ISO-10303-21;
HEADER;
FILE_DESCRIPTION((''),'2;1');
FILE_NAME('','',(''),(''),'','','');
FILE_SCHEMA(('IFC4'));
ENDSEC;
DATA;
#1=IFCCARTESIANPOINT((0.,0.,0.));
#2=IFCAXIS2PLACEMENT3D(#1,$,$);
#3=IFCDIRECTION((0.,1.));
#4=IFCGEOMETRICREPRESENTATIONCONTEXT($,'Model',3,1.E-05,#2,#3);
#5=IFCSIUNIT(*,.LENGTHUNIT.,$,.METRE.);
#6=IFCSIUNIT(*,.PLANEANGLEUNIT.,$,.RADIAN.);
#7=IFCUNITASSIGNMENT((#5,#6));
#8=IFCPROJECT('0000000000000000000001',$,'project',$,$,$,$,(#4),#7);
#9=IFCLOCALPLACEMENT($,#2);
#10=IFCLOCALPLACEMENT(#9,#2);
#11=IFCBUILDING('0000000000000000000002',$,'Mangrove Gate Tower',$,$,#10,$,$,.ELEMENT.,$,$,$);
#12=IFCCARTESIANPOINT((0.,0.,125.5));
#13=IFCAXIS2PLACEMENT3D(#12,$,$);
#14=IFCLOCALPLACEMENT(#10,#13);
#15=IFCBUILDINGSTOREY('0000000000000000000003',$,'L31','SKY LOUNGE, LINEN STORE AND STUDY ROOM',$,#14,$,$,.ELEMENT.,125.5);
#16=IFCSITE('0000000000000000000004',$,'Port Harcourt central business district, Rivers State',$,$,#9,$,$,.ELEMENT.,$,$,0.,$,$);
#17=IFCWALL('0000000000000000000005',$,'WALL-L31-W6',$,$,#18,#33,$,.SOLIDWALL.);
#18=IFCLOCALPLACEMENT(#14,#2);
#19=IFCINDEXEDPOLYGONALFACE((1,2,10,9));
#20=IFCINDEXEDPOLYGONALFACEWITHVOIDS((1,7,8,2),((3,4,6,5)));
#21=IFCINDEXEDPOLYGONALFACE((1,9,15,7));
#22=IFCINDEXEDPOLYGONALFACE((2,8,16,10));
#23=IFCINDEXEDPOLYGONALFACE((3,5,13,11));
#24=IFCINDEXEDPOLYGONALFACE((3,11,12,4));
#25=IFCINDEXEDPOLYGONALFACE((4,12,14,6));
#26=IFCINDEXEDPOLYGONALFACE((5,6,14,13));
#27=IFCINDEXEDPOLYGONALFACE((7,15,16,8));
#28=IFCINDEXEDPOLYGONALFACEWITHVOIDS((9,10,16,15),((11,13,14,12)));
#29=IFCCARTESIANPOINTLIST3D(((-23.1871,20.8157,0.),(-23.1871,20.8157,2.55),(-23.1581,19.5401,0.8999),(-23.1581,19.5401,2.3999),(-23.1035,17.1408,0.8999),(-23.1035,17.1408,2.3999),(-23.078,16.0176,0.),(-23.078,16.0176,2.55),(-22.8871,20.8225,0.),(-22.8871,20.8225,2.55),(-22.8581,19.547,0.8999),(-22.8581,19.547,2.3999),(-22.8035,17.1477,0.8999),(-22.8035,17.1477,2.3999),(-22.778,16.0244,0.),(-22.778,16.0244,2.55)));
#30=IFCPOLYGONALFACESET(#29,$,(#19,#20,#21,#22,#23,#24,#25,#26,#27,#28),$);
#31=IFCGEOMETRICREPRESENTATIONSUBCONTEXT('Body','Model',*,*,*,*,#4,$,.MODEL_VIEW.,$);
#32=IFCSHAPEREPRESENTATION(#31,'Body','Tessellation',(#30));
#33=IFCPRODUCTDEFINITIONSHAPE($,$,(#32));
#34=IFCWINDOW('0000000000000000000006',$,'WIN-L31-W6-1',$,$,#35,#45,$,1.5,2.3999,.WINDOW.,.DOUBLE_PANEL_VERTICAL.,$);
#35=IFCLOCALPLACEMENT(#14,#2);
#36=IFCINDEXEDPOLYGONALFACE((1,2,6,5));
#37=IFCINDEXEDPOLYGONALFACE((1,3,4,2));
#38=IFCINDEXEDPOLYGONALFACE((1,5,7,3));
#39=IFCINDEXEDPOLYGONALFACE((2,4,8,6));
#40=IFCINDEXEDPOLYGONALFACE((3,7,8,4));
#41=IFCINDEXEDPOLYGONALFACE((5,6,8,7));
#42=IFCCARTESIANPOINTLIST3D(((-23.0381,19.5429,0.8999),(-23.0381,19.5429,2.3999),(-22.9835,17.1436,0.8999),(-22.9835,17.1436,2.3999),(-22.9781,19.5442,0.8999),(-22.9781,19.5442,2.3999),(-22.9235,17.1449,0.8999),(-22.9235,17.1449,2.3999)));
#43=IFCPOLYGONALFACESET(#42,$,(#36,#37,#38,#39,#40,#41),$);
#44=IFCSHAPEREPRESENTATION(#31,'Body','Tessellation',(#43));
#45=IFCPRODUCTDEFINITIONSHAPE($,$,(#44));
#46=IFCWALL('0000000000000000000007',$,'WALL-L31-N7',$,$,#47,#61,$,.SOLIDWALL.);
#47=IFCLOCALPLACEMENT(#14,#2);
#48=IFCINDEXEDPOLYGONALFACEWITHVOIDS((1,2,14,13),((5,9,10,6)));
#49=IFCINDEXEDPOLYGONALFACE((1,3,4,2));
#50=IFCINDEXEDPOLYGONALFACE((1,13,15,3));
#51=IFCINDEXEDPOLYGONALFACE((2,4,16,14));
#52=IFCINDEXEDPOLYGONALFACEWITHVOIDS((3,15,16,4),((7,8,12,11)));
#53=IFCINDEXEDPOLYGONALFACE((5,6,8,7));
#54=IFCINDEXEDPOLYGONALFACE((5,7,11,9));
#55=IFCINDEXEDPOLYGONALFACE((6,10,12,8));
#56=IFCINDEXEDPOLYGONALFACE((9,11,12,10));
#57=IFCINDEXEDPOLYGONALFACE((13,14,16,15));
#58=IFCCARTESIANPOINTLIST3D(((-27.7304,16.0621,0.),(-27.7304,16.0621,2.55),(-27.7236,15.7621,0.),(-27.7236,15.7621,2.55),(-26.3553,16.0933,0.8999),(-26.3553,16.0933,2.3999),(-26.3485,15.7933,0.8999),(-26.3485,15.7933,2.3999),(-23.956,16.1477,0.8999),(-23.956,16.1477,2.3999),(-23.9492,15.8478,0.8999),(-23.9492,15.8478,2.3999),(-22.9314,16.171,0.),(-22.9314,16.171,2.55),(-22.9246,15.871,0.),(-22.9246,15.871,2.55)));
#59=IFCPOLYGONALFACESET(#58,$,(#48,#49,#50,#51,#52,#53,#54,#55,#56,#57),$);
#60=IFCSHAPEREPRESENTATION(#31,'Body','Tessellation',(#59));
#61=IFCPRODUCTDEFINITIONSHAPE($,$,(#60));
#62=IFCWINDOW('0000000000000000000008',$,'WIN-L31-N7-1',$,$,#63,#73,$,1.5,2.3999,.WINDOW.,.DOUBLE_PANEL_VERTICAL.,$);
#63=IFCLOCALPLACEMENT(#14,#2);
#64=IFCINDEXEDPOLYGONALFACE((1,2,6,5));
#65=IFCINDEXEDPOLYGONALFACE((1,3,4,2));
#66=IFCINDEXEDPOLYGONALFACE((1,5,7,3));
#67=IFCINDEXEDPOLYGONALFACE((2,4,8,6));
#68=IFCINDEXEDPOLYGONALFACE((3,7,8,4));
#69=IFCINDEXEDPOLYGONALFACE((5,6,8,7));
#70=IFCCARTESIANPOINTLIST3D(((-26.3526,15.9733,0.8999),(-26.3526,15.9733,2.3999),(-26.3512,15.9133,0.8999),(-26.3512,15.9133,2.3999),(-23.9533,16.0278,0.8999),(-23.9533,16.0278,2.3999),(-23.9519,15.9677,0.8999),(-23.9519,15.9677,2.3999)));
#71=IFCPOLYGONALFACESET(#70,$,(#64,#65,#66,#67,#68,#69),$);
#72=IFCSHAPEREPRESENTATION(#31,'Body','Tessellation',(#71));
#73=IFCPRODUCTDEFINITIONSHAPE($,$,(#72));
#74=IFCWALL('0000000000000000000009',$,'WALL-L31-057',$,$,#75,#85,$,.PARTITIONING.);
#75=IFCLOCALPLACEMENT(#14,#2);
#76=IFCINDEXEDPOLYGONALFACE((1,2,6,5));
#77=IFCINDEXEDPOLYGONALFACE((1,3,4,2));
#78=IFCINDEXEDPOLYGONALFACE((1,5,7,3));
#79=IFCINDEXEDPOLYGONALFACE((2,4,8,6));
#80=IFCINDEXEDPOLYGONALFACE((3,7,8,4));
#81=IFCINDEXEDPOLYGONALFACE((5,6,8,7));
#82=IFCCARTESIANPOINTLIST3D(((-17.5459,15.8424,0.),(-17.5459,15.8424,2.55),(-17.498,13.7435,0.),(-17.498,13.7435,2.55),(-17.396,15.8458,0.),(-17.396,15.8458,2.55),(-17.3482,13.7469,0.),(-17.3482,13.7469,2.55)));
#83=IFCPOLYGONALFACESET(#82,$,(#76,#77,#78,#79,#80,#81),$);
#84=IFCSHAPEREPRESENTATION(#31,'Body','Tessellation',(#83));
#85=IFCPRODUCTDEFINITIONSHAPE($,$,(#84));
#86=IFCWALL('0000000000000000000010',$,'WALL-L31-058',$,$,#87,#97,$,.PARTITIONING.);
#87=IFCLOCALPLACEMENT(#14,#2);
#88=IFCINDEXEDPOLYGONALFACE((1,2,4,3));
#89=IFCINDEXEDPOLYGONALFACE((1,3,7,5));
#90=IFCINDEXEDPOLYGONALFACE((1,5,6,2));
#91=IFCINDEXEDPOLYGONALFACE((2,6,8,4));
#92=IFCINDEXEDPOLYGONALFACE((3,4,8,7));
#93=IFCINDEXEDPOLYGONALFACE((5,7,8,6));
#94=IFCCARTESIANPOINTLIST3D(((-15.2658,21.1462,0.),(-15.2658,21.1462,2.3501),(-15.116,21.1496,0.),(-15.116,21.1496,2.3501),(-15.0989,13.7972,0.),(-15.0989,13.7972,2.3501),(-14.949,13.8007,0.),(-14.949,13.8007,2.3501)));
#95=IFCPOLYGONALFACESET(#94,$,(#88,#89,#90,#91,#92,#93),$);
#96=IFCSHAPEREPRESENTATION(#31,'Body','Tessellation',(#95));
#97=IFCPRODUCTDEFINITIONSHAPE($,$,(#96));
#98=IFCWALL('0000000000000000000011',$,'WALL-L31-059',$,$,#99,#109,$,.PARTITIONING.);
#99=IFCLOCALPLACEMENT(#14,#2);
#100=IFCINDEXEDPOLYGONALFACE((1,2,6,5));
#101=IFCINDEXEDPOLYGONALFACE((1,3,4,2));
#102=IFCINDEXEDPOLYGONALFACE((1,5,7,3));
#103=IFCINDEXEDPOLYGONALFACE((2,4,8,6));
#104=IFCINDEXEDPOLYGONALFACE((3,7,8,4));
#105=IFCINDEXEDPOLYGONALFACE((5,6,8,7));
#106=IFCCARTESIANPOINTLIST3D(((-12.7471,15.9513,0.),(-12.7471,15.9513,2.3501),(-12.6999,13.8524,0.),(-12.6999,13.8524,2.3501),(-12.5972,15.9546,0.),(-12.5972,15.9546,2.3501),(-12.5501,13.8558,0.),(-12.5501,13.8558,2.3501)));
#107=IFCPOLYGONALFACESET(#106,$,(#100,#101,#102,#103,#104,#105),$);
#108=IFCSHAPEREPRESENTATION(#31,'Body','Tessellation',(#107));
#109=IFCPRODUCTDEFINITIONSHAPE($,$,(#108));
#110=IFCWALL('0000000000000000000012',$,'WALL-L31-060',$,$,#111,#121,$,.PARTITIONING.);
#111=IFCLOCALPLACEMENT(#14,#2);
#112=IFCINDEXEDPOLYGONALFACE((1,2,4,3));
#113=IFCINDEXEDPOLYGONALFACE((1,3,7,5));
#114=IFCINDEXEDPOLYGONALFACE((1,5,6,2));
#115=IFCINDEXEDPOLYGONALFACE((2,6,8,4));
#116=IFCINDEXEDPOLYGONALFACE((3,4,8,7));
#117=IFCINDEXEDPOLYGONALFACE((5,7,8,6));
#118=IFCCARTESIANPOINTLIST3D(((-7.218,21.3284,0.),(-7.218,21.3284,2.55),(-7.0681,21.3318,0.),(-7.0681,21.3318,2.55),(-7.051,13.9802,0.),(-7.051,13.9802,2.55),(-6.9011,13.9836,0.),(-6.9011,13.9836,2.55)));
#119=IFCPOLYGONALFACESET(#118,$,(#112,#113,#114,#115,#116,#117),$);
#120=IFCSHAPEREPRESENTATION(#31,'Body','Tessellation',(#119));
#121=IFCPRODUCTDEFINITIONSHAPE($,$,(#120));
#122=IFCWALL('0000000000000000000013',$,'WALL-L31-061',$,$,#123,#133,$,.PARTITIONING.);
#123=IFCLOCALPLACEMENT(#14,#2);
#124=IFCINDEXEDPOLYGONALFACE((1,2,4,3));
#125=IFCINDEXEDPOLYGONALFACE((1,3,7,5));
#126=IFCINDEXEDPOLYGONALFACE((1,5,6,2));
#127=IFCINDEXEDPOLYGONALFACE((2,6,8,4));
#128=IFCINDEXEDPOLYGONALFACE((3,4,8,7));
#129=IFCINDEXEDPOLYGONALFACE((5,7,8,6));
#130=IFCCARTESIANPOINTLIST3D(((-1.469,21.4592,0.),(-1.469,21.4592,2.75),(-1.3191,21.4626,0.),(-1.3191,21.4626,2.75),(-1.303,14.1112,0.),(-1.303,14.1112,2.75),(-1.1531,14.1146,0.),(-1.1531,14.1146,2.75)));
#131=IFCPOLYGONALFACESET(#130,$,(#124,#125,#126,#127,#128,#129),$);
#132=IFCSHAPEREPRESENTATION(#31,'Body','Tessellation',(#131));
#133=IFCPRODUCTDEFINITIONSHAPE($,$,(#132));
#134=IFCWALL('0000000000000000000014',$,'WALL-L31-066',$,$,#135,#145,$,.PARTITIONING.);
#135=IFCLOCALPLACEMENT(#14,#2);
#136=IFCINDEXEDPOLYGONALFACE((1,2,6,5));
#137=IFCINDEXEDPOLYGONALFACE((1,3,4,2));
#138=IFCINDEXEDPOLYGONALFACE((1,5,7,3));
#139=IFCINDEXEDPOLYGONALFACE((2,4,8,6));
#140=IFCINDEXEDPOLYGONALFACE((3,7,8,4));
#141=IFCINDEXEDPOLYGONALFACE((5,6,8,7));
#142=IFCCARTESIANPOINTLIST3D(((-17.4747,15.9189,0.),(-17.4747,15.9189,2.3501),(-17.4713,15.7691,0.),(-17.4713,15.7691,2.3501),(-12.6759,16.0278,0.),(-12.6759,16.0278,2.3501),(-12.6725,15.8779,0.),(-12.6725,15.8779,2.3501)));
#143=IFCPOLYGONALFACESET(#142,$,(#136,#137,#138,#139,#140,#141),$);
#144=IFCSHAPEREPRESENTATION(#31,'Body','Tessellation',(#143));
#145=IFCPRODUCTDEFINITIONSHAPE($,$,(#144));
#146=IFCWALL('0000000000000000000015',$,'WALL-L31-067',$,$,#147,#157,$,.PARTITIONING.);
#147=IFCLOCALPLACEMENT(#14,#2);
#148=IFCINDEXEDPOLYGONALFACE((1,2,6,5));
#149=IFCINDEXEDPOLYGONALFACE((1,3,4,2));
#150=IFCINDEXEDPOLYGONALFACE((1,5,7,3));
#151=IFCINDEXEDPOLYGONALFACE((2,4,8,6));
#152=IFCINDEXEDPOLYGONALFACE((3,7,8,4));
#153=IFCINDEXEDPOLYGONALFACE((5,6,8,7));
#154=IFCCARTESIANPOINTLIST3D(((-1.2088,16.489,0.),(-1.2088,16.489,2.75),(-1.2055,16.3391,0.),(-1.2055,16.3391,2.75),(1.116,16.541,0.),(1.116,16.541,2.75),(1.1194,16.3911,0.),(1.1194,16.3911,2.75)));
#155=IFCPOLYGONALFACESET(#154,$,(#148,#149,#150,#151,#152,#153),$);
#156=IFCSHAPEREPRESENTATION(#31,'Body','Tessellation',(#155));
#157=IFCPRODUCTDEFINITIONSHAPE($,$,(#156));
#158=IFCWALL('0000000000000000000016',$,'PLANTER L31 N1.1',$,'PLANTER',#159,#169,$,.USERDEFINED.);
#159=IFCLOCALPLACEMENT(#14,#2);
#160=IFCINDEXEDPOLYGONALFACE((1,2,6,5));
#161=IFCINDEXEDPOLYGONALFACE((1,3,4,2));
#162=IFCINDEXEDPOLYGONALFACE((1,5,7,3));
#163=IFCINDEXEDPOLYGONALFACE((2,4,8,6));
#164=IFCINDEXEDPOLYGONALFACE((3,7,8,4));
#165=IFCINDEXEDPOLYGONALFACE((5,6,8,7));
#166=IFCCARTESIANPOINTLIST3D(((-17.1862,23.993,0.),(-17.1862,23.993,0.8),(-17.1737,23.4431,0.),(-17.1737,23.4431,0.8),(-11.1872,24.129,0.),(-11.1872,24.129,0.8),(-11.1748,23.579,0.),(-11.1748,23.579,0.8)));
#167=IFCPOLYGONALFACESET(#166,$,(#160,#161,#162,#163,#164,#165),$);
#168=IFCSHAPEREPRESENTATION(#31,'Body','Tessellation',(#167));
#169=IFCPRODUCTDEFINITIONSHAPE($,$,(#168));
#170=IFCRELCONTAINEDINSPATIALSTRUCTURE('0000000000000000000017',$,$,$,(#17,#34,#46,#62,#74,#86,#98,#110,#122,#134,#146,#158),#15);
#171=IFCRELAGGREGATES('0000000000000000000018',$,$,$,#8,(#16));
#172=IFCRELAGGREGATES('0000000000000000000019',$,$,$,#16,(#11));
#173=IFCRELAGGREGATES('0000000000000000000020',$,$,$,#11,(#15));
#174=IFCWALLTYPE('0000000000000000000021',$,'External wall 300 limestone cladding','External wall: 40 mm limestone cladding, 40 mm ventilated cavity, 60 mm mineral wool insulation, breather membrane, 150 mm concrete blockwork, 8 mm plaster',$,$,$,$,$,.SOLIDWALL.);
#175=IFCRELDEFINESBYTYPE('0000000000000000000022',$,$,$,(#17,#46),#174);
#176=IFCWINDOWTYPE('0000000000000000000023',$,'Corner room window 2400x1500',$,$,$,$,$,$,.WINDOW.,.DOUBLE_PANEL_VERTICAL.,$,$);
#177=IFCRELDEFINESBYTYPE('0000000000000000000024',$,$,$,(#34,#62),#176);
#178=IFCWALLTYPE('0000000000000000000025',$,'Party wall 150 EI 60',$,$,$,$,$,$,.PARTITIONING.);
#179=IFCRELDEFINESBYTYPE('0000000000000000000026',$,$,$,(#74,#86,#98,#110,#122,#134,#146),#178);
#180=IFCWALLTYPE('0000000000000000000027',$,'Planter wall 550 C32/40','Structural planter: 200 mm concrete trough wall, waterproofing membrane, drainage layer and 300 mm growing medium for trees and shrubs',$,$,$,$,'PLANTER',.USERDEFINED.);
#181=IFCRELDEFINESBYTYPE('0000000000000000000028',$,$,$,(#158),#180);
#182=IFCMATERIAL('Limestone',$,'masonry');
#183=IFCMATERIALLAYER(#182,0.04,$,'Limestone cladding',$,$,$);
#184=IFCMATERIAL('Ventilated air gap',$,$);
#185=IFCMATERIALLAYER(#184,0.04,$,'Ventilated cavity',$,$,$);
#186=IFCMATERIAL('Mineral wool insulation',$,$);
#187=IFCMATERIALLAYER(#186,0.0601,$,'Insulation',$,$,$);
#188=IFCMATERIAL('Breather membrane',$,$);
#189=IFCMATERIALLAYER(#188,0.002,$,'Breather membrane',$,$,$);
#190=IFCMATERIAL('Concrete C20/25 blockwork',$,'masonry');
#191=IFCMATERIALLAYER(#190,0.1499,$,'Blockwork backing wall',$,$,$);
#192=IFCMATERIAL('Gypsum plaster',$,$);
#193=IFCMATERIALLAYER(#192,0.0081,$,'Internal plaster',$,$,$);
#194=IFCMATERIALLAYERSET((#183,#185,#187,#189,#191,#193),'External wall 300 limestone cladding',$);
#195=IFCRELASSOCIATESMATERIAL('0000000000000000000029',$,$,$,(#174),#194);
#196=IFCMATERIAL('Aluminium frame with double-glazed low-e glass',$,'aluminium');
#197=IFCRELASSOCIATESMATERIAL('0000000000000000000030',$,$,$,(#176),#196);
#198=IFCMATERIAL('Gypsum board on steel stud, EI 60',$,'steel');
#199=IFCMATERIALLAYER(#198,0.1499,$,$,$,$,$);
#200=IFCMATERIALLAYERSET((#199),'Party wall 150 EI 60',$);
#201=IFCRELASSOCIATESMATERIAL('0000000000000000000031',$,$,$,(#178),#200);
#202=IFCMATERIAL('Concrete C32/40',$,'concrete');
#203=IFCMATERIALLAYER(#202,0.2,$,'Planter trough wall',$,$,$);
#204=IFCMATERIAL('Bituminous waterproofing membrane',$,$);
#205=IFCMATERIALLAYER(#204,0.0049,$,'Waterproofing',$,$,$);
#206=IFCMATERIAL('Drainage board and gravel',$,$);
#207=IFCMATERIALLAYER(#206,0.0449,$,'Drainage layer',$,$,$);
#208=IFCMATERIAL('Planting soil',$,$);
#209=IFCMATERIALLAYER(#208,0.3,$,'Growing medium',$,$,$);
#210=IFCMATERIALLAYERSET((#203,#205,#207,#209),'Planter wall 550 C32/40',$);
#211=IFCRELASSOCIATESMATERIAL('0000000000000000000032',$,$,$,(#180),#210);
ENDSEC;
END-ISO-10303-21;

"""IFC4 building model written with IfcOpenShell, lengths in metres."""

from ifc_helpers import new_model, si_unit, direction, frame, frame_2d, origin, place, context, subcontext, project, spatial, rectangle, extrude, material, layer, layer_set, type_object, element, fill, save


model = new_model("IFC4")

# Units and contexts
model_context = context("Model", 3, precision=1e-05, world=origin(), true_north=direction((0.0, 1.0)))
body_context = subcontext(model_context, "Body", "Model", "MODEL_VIEW")
ifc_project = project(units=[si_unit("LENGTHUNIT", "METRE"), si_unit("PLANEANGLEUNIT", "RADIAN")], contexts=[model_context])

# Site, building, storey
site_placement = place(None, origin())
site = spatial("IfcSite", under=ifc_project, at=site_placement, Name="Port Harcourt central business district, Rivers State", CompositionType="ELEMENT", RefElevation=0.0)
building_placement = place(site_placement, origin())
building = spatial("IfcBuilding", under=site, at=building_placement, Name="Mangrove Gate Tower", CompositionType="ELEMENT")
storey_placement = place(building_placement, frame((0.0, 0.0, 125.5)))
storey = spatial("IfcBuildingStorey", under=building, at=storey_placement, Name="L31", Description="SKY LOUNGE, LINEN STORE AND STUDY ROOM", CompositionType="ELEMENT", Elevation=125.5)

# Walls, openings, windows
ifc_material_1 = material(Name="Limestone", Category="masonry")
ifc_layer_1 = layer(ifc_material_1, 0.04, Name="Limestone cladding")
ifc_material_2 = material(Name="Ventilated air gap")
ifc_layer_2 = layer(ifc_material_2, 0.04, Name="Ventilated cavity")
ifc_material_3 = material(Name="Mineral wool insulation")
ifc_layer_3 = layer(ifc_material_3, 0.0601, Name="Insulation")
ifc_material_4 = material(Name="Breather membrane")
ifc_layer_4 = layer(ifc_material_4, 0.002, Name="Breather membrane")
ifc_material_5 = material(Name="Concrete C20/25 blockwork", Category="masonry")
ifc_layer_5 = layer(ifc_material_5, 0.1499, Name="Blockwork backing wall")
ifc_material_6 = material(Name="Gypsum plaster")
ifc_layer_6 = layer(ifc_material_6, 0.0081, Name="Internal plaster")
ifc_layer_set_1 = layer_set([ifc_layer_1, ifc_layer_2, ifc_layer_3, ifc_layer_4, ifc_layer_5, ifc_layer_6], Name="External wall 300 limestone cladding")
wall_type_1 = type_object("IfcWallType", Name="External wall 300 limestone cladding", Description="External wall: 40 mm limestone cladding, 40 mm ventilated cavity, 60 mm mineral wool insulation, breather membrane, 150 mm concrete blockwork, 8 mm plaster", PredefinedType="SOLIDWALL", material=ifc_layer_set_1)
wall_1_placement = place(storey_placement, frame((-23.0371, 20.8191, 0.0), z_axis=(0.0, 0.0, 1.0), x_axis=(0.022739, -0.999741, 0.0)))
wall_1 = element("IfcWall", 1, at=wall_1_placement, inside=storey, type_object=wall_type_1, Name="WALL-L31-W6", PredefinedType="SOLIDWALL", context=body_context, shape_type="SweptSolid", body=[
    extrude(rectangle(XDim=4.7993, YDim=0.3, at=frame_2d((2.3997, 0.0))), origin(), (0.0, 0.0, 1.0), 2.55),
])
opening_1_placement = place(wall_1_placement, frame((1.2759, 0.0, 0.8999)))
opening_1 = element("IfcOpeningElement", 2, at=opening_1_placement, cuts=wall_1, PredefinedType="OPENING", context=body_context, shape_type="SweptSolid", body=[
    extrude(rectangle(XDim=2.3999, YDim=1.5, at=frame_2d((1.2, 0.75))), frame((0.0, 0.1599, 0.0), z_axis=(0.0, -1.0, 0.0), x_axis=(1.0, 0.0, 0.0)), (0.0, 0.0, 1.0), 0.3201),
])
ifc_material_7 = material(Name="Aluminium frame with double-glazed low-e glass", Category="aluminium")
window_type = type_object("IfcWindowType", Name="Corner room window 2400x1500", PartitioningType="DOUBLE_PANEL_VERTICAL", PredefinedType="WINDOW", material=ifc_material_7)
window_1_placement = place(opening_1_placement, origin())
window_1 = element("IfcWindow", 3, at=window_1_placement, inside=storey, type_object=window_type, Name="WIN-L31-W6-1", OverallHeight=1.5, OverallWidth=2.3999, PartitioningType="DOUBLE_PANEL_VERTICAL", PredefinedType="WINDOW", context=body_context, shape_type="SweptSolid", body=[
    extrude(rectangle(XDim=2.3999, YDim=1.5, at=frame_2d((1.2, 0.75))), frame((0.0, 0.03, 0.0), z_axis=(0.0, -1.0, 0.0), x_axis=(1.0, 0.0, 0.0)), (0.0, 0.0, 1.0), 0.0601),
])
fill(opening_1, window_1)
wall_2_placement = place(storey_placement, frame((-22.928, 16.021, 0.0), z_axis=(0.0, 0.0, 1.0), x_axis=(-0.999743, -0.022683, 0.0)))
wall_2 = element("IfcWall", 4, at=wall_2_placement, inside=storey, type_object=wall_type_1, Name="WALL-L31-N7", PredefinedType="SOLIDWALL", context=body_context, shape_type="SweptSolid", body=[
    extrude(rectangle(XDim=4.8003, YDim=0.3, at=frame_2d((2.4001, 0.0))), origin(), (0.0, 0.0, 1.0), 2.55),
])
opening_2_placement = place(wall_2_placement, frame((1.0249, 0.0, 0.8999)))
opening_2 = element("IfcOpeningElement", 5, at=opening_2_placement, cuts=wall_2, PredefinedType="OPENING", context=body_context, shape_type="SweptSolid", body=[
    extrude(rectangle(XDim=2.3999, YDim=1.5, at=frame_2d((1.2, 0.75))), frame((0.0, 0.1599, 0.0), z_axis=(0.0, -1.0, 0.0), x_axis=(1.0, 0.0, 0.0)), (0.0, 0.0, 1.0), 0.3201),
])
window_2_placement = place(opening_2_placement, origin())
window_2 = element("IfcWindow", 6, at=window_2_placement, inside=storey, type_object=window_type, Name="WIN-L31-N7-1", OverallHeight=1.5, OverallWidth=2.3999, PartitioningType="DOUBLE_PANEL_VERTICAL", PredefinedType="WINDOW", context=body_context, shape_type="SweptSolid", body=[
    extrude(rectangle(XDim=2.3999, YDim=1.5, at=frame_2d((1.2, 0.75))), frame((0.0, 0.03, 0.0), z_axis=(0.0, -1.0, 0.0), x_axis=(1.0, 0.0, 0.0)), (0.0, 0.0, 1.0), 0.0601),
])
fill(opening_2, window_2)

# Walls
ifc_material_8 = material(Name="Gypsum board on steel stud, EI 60", Category="steel")
ifc_layer_7 = layer(ifc_material_8, 0.1499)
ifc_layer_set_2 = layer_set([ifc_layer_7], Name="Party wall 150 EI 60")
wall_type_2 = type_object("IfcWallType", Name="Party wall 150 EI 60", PredefinedType="PARTITIONING", material=ifc_layer_set_2)
wall_3_placement = place(storey_placement, frame((-17.4231, 13.7451, 0.0), z_axis=(0.0, 0.0, 1.0), x_axis=(-0.022793, 0.99974, 0.0)))
element("IfcWall", 7, at=wall_3_placement, inside=storey, type_object=wall_type_2, Name="WALL-L31-057", PredefinedType="PARTITIONING", context=body_context, shape_type="SweptSolid", body=[
    extrude(rectangle(XDim=2.0994, YDim=0.1499, at=frame_2d((1.0498, 0.0))), origin(), (0.0, 0.0, 1.0), 2.55),
])
wall_4_placement = place(storey_placement, frame((-15.0239, 13.7991, 0.0), z_axis=(0.0, 0.0, 1.0), x_axis=(-0.022718, 0.999742, 0.0)))
element("IfcWall", 8, at=wall_4_placement, inside=storey, type_object=wall_type_2, Name="WALL-L31-058", PredefinedType="PARTITIONING", context=body_context, shape_type="SweptSolid", body=[
    extrude(rectangle(XDim=7.3508, YDim=0.1499, at=frame_2d((3.6753, 0.0))), origin(), (0.0, 0.0, 1.0), 2.3501),
])
wall_5_placement = place(storey_placement, frame((-12.625, 13.854, 0.0), z_axis=(0.0, 0.0, 1.0), x_axis=(-0.022444, 0.999748, 0.0)))
element("IfcWall", 9, at=wall_5_placement, inside=storey, type_object=wall_type_2, Name="WALL-L31-059", PredefinedType="PARTITIONING", context=body_context, shape_type="SweptSolid", body=[
    extrude(rectangle(XDim=2.0994, YDim=0.1499, at=frame_2d((1.0498, 0.0))), origin(), (0.0, 0.0, 1.0), 2.3501),
])
wall_6_placement = place(storey_placement, frame((-6.9761, 13.9819, 0.0), z_axis=(0.0, 0.0, 1.0), x_axis=(-0.02272, 0.999742, 0.0)))
element("IfcWall", 10, at=wall_6_placement, inside=storey, type_object=wall_type_2, Name="WALL-L31-060", PredefinedType="PARTITIONING", context=body_context, shape_type="SweptSolid", body=[
    extrude(rectangle(XDim=7.3501, YDim=0.1499, at=frame_2d((3.675, 0.0))), origin(), (0.0, 0.0, 1.0), 2.55),
])
wall_7_placement = place(storey_placement, frame((-1.228, 14.113, 0.0), z_axis=(0.0, 0.0, 1.0), x_axis=(-0.022588, 0.999745, 0.0)))
element("IfcWall", 11, at=wall_7_placement, inside=storey, type_object=wall_type_2, Name="WALL-L31-061", PredefinedType="PARTITIONING", context=body_context, shape_type="SweptSolid", body=[
    extrude(rectangle(XDim=7.3499, YDim=0.1499, at=frame_2d((3.6748, 0.0))), origin(), (0.0, 0.0, 1.0), 2.75),
])
wall_8_placement = place(storey_placement, frame((-17.4729, 15.844, 0.0), z_axis=(0.0, 0.0, 1.0), x_axis=(0.999743, 0.022684, 0.0)))
element("IfcWall", 12, at=wall_8_placement, inside=storey, type_object=wall_type_2, Name="WALL-L31-066", PredefinedType="PARTITIONING", context=body_context, shape_type="SweptSolid", body=[
    extrude(rectangle(XDim=4.8, YDim=0.1499, at=frame_2d((2.3999, 0.0))), origin(), (0.0, 0.0, 1.0), 2.3501),
])
wall_9_placement = place(storey_placement, frame((-1.207, 16.4141, 0.0), z_axis=(0.0, 0.0, 1.0), x_axis=(0.99975, 0.022361, 0.0)))
element("IfcWall", 13, at=wall_9_placement, inside=storey, type_object=wall_type_2, Name="WALL-L31-067", PredefinedType="PARTITIONING", context=body_context, shape_type="SweptSolid", body=[
    extrude(rectangle(XDim=2.3254, YDim=0.1499, at=frame_2d((1.1626, 0.0))), origin(), (0.0, 0.0, 1.0), 2.75),
])
ifc_material_9 = material(Name="Concrete C32/40", Category="concrete")
ifc_layer_8 = layer(ifc_material_9, 0.2, Name="Planter trough wall")
ifc_material_10 = material(Name="Bituminous waterproofing membrane")
ifc_layer_9 = layer(ifc_material_10, 0.0049, Name="Waterproofing")
ifc_material_11 = material(Name="Drainage board and gravel")
ifc_layer_10 = layer(ifc_material_11, 0.0449, Name="Drainage layer")
ifc_material_12 = material(Name="Planting soil")
ifc_layer_11 = layer(ifc_material_12, 0.3, Name="Growing medium")
ifc_layer_set_3 = layer_set([ifc_layer_8, ifc_layer_9, ifc_layer_10, ifc_layer_11], Name="Planter wall 550 C32/40")
wall_type_3 = type_object("IfcWallType", Name="Planter wall 550 C32/40", Description="Structural planter: 200 mm concrete trough wall, waterproofing membrane, drainage layer and 300 mm growing medium for trees and shrubs", ElementType="PLANTER", PredefinedType="USERDEFINED", material=ifc_layer_set_3)
wall_10_placement = place(storey_placement, frame((-17.1799, 23.718, 0.0), z_axis=(0.0, 0.0, 1.0), x_axis=(0.999743, 0.022662, 0.0)))
element("IfcWall", 14, at=wall_10_placement, inside=storey, type_object=wall_type_3, Name="PLANTER L31 N1.1", ObjectType="PLANTER", PredefinedType="USERDEFINED", context=body_context, shape_type="SweptSolid", body=[
    extrude(rectangle(XDim=6.0005, YDim=0.55, at=frame_2d((3.0002, 0.0))), origin(), (0.0, 0.0, 1.0), 0.8),
])

save(model, "model.ifc")
